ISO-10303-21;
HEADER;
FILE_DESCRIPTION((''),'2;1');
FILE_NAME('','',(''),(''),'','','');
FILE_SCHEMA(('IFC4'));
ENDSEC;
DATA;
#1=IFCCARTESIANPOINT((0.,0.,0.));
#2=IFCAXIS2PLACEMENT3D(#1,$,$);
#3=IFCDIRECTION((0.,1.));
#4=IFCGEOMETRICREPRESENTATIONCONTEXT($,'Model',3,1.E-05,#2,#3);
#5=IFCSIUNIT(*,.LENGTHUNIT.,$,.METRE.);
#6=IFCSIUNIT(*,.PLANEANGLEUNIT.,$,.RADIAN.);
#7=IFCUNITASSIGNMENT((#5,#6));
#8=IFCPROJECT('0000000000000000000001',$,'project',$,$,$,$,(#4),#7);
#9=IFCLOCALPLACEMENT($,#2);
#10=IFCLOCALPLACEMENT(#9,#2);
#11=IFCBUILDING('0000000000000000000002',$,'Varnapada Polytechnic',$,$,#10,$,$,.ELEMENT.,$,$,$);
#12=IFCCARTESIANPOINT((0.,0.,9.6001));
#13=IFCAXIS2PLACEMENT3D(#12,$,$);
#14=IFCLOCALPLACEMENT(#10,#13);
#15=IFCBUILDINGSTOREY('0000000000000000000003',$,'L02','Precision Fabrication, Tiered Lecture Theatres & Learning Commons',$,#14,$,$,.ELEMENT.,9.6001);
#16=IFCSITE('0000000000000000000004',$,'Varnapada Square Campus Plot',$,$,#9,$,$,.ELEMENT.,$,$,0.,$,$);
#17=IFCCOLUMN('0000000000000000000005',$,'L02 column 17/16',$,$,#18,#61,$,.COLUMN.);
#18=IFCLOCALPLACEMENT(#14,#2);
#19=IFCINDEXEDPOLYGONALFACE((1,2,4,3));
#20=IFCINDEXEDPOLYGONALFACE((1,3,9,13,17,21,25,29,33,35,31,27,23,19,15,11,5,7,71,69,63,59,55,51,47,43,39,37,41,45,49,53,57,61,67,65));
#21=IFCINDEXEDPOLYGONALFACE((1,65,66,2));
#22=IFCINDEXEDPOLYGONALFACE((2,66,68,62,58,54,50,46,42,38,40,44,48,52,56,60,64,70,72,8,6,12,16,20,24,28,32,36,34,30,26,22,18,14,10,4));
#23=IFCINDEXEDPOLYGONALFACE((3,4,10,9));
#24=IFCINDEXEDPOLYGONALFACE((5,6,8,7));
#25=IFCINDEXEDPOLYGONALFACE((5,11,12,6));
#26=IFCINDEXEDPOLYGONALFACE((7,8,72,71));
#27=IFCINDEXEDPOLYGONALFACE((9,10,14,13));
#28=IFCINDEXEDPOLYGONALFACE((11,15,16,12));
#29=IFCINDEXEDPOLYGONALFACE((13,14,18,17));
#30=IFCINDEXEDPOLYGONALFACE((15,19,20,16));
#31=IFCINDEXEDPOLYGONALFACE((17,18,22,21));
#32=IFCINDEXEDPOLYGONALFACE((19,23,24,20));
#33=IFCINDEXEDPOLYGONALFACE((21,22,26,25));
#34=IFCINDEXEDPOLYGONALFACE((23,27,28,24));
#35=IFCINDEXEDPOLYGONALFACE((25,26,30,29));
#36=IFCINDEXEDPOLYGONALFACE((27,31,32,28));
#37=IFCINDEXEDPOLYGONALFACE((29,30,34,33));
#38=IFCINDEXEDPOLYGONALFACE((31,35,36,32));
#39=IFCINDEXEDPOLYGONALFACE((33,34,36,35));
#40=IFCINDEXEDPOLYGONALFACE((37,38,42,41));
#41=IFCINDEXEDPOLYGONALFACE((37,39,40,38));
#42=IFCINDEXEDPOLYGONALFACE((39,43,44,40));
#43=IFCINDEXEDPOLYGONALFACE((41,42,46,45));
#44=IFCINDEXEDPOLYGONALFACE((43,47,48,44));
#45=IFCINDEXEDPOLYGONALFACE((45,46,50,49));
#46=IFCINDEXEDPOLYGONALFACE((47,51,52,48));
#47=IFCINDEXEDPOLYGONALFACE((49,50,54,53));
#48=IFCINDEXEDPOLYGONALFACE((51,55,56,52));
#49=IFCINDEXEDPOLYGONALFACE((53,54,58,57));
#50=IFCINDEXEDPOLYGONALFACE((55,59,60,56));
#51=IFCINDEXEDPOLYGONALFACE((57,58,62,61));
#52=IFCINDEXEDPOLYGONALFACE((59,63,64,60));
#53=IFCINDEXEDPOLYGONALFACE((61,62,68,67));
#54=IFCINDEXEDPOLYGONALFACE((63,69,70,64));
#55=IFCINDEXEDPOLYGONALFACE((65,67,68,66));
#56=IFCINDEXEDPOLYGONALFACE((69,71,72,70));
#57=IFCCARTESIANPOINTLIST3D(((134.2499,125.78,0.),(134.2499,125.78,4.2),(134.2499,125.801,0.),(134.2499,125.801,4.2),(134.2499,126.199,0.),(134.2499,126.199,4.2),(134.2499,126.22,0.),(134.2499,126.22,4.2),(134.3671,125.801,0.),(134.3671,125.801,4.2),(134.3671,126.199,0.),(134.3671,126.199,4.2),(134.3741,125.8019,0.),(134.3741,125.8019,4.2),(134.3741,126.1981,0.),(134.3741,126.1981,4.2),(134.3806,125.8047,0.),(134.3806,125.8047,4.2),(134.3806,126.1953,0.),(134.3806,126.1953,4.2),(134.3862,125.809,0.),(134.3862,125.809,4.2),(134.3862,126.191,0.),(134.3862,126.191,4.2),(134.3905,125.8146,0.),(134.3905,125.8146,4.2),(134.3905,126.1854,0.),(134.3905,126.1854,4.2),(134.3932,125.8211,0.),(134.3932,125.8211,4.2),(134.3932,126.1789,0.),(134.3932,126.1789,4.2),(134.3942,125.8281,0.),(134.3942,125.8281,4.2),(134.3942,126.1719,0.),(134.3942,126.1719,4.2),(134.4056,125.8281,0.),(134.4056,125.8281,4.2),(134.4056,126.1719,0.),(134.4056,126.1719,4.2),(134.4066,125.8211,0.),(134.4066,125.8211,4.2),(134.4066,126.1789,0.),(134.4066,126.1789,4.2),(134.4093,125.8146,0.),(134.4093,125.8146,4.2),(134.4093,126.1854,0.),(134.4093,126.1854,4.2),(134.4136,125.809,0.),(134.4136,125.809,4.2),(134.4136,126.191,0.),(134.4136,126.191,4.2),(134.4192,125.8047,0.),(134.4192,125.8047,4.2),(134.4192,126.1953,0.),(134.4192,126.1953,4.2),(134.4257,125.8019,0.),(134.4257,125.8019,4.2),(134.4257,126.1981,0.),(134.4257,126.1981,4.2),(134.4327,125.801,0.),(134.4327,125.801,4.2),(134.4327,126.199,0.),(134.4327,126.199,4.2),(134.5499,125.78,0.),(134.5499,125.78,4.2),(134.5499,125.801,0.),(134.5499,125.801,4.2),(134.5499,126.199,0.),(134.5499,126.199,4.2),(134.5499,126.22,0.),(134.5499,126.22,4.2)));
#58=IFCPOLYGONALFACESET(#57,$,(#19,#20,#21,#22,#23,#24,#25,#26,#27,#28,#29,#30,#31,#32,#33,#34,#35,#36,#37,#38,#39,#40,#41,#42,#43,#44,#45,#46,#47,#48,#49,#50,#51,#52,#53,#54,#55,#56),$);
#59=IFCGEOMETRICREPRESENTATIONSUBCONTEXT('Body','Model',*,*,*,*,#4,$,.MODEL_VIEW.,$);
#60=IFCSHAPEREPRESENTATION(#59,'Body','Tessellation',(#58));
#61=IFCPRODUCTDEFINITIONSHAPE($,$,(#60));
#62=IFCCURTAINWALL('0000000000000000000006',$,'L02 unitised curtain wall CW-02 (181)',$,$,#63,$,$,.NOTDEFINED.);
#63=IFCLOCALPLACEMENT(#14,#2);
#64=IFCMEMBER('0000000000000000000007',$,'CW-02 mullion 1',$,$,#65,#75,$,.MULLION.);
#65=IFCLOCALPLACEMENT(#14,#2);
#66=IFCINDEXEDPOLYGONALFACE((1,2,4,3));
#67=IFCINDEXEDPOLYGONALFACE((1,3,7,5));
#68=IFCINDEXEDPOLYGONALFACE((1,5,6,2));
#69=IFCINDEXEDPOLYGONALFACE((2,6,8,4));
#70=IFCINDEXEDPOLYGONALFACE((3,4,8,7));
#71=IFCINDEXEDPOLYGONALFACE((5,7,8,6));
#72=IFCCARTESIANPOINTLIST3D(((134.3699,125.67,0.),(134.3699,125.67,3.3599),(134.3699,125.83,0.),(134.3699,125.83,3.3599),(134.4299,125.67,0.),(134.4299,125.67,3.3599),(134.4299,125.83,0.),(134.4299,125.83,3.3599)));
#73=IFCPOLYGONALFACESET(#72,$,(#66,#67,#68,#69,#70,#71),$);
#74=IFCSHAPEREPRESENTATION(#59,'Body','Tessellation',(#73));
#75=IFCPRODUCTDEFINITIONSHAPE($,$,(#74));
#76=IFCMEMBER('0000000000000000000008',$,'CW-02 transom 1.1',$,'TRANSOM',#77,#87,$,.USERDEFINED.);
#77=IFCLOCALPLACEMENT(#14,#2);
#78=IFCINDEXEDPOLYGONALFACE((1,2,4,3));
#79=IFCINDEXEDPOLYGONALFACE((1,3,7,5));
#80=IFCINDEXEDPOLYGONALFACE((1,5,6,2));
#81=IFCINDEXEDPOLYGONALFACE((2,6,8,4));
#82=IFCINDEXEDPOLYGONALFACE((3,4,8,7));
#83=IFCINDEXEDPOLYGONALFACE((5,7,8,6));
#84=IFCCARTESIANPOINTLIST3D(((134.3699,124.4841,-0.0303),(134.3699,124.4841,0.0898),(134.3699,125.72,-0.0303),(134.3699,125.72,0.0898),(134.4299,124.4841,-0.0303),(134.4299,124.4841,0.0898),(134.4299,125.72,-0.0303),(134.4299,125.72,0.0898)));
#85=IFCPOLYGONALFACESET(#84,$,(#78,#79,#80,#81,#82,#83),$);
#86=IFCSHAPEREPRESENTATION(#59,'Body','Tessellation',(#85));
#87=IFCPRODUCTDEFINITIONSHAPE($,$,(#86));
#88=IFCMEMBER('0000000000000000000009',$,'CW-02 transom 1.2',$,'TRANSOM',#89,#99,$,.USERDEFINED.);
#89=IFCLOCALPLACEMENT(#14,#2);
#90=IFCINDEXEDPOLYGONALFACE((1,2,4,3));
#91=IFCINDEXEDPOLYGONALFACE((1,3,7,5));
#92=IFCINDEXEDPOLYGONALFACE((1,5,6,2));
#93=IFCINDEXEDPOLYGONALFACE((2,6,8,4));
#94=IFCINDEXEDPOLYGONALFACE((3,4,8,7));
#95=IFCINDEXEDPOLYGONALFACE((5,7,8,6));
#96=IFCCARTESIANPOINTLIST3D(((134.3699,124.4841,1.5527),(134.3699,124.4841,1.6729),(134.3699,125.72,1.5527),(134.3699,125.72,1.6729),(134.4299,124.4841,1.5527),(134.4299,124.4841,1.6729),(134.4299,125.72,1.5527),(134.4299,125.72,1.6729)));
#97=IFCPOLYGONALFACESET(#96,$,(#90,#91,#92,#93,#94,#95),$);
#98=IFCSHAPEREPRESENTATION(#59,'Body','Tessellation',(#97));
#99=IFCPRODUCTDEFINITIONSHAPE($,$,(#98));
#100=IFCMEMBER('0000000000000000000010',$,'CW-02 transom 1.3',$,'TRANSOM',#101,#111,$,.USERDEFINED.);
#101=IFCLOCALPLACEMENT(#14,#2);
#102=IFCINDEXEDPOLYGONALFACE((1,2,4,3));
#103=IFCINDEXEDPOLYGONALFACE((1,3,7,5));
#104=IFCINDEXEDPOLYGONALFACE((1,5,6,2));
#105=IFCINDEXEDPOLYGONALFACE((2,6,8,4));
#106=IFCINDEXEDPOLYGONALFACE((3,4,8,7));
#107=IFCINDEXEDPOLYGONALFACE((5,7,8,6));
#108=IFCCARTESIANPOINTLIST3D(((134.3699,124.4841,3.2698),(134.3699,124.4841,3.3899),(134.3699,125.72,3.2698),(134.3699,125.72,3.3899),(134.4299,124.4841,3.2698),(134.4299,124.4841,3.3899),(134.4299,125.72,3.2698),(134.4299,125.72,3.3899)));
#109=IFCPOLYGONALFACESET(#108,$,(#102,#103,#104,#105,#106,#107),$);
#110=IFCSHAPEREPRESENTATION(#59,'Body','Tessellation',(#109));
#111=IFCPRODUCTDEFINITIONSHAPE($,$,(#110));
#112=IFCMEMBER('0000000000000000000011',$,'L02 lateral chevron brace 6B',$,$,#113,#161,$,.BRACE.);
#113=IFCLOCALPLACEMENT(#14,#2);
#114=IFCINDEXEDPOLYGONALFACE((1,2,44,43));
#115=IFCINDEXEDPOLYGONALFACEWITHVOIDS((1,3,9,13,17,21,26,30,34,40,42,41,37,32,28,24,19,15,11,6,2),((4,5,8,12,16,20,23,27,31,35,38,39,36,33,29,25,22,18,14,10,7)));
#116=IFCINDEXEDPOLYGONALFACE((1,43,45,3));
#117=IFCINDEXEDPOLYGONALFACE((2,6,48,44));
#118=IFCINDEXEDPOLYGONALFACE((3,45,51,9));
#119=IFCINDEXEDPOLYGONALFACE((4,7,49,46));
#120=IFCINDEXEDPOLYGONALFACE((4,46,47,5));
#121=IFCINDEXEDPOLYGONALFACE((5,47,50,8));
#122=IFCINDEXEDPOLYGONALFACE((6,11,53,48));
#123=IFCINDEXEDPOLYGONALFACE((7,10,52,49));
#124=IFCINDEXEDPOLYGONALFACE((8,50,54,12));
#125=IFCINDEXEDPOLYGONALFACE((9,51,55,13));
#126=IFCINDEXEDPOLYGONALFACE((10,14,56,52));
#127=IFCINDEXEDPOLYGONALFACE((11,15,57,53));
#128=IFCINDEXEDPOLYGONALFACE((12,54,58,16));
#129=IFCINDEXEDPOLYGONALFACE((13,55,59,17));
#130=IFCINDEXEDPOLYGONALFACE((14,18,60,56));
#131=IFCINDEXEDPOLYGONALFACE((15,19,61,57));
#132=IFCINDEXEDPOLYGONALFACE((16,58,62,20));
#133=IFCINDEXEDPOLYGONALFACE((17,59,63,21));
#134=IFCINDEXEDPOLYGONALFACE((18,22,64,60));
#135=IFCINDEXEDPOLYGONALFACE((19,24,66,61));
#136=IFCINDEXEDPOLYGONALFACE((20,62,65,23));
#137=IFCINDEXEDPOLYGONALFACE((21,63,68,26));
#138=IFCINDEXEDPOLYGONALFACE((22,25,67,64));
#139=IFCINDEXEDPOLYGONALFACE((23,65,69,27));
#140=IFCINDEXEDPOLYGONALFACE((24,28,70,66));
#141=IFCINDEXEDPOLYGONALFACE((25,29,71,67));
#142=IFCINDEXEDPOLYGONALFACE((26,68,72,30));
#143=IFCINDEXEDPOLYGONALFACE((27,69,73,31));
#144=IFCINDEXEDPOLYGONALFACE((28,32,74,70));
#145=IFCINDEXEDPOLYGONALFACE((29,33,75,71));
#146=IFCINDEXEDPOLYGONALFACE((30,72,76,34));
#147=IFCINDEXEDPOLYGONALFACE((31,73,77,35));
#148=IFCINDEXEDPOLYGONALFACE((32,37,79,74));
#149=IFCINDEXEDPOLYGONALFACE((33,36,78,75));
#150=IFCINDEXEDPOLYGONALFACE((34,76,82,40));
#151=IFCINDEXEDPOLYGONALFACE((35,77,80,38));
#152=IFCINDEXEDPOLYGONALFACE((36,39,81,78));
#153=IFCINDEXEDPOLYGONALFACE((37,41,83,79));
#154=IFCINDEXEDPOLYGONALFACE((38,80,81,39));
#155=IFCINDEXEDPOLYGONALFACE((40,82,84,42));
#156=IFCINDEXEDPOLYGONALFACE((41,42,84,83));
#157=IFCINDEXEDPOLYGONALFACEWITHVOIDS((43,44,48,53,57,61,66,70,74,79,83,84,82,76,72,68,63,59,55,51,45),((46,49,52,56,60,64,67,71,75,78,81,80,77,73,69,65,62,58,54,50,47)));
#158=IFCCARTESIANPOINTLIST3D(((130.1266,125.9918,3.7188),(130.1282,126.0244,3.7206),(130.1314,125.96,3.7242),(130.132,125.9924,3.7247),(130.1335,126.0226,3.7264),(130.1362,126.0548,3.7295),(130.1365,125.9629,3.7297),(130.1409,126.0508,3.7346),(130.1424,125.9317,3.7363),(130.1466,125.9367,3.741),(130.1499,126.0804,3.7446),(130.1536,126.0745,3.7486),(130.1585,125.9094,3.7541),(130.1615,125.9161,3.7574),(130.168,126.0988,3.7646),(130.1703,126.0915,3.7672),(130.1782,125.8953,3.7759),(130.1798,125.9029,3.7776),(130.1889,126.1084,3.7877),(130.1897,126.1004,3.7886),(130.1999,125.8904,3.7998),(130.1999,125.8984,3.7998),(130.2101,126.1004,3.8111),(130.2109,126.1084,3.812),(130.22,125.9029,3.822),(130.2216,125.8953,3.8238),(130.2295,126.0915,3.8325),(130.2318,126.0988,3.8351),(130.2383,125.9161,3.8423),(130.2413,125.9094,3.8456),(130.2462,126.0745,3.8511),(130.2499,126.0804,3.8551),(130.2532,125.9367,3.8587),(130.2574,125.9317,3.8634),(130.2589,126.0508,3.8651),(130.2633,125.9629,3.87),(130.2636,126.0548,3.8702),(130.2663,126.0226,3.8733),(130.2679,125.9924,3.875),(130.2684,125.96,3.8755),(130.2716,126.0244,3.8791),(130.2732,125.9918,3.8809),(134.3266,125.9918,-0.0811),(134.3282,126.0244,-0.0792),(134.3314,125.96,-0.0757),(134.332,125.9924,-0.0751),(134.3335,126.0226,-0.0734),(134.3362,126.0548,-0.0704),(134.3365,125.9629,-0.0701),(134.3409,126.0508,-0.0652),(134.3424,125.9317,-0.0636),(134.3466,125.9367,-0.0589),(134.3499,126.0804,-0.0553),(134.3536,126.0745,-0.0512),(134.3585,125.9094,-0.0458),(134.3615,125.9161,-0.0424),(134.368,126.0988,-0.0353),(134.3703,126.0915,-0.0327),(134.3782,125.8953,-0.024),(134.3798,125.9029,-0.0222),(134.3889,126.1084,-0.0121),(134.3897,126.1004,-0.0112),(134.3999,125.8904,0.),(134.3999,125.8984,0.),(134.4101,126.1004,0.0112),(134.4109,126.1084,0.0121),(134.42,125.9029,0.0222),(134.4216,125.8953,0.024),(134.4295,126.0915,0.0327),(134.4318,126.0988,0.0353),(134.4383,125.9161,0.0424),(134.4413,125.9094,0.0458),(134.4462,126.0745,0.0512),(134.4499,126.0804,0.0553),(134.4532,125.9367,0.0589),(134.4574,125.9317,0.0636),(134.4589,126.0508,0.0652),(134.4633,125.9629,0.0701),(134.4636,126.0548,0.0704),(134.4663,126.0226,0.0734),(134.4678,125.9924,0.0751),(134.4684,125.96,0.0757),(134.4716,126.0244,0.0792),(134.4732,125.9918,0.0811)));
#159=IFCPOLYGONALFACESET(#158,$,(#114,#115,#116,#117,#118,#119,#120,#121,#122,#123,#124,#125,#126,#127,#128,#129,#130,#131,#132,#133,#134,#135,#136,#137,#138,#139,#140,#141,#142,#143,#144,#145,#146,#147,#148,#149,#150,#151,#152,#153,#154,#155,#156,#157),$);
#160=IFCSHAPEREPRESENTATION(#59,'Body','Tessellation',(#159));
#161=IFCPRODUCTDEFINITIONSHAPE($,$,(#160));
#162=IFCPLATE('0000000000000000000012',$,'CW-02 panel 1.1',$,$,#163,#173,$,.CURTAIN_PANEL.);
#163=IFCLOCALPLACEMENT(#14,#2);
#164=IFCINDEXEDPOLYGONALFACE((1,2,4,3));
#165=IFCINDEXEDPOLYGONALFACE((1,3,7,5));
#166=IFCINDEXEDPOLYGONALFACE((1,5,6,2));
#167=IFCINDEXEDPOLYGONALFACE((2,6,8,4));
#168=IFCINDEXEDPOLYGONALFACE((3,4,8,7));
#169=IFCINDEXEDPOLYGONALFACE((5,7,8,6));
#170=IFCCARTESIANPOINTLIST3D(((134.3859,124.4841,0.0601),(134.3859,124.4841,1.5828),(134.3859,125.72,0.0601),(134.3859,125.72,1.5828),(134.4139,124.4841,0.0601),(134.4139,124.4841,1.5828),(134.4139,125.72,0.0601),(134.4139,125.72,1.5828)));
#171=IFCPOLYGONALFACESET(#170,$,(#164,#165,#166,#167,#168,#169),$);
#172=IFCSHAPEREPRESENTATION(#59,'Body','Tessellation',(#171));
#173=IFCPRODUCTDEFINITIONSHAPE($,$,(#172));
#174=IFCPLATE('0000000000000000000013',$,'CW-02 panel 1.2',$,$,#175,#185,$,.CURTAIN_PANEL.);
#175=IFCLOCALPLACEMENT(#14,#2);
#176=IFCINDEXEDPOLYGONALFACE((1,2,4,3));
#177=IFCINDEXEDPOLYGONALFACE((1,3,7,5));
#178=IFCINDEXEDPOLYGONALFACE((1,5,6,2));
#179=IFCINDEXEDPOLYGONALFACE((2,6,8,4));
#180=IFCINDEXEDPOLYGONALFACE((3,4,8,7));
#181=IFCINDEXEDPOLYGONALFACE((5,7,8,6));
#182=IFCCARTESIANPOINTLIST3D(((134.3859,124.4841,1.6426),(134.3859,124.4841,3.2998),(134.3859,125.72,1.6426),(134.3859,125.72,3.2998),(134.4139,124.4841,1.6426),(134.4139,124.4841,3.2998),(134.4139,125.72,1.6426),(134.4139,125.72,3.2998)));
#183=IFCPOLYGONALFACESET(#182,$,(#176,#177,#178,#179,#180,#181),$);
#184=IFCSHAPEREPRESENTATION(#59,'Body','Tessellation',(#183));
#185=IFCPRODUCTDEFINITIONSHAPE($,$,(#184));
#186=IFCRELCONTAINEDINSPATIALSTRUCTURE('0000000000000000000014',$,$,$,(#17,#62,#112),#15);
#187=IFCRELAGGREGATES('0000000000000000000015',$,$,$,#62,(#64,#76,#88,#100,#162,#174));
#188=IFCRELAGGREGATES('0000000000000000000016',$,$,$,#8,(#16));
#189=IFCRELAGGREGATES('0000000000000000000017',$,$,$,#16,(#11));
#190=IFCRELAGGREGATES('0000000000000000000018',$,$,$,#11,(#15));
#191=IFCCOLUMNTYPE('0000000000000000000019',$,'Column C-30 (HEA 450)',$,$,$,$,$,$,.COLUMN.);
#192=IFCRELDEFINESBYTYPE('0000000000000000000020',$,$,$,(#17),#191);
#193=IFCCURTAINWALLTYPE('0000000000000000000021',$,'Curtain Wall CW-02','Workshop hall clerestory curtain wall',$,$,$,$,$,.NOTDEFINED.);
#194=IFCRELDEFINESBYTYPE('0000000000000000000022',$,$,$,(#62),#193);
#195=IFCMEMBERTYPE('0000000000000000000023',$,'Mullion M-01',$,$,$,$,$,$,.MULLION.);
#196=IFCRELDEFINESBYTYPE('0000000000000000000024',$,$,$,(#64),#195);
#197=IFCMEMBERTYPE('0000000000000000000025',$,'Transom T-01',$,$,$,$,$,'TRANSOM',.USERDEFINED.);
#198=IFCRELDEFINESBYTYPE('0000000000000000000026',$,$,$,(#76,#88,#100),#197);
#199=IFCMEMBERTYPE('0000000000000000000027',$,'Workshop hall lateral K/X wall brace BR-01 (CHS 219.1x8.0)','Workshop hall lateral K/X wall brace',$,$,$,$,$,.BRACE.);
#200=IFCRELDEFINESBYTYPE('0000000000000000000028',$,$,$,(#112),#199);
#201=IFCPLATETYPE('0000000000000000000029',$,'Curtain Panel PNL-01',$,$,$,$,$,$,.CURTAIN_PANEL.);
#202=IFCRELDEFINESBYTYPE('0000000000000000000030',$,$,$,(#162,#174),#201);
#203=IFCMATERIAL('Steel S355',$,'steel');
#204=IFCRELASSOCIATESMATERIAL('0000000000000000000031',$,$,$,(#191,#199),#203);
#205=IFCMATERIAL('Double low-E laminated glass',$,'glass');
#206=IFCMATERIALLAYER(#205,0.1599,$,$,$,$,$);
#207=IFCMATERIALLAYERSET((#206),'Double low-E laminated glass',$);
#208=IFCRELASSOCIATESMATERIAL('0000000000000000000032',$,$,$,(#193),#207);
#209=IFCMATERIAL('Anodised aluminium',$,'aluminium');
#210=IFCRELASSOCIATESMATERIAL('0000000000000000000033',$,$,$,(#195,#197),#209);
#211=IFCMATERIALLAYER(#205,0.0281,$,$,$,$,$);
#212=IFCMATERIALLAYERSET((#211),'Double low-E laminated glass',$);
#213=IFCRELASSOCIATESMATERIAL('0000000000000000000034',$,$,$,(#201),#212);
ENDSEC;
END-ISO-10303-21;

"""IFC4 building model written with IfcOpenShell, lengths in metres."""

from ifc_helpers import new_model, si_unit, direction, frame, origin, origin_2d, place, context, subcontext, project, spatial, rectangle, hollow_circle, i_section, extrude, material, layer, layer_set, material_profile, profile_set, type_object, element, aggregate, save


model = new_model("IFC4")

# Units and contexts
model_context = context("Model", 3, precision=1e-05, world=origin(), true_north=direction((0.0, 1.0)))
body_context = subcontext(model_context, "Body", "Model", "MODEL_VIEW")
ifc_project = project(units=[si_unit("LENGTHUNIT", "METRE"), si_unit("PLANEANGLEUNIT", "RADIAN")], contexts=[model_context])

# Site, building, storey
site_placement = place(None, origin())
site = spatial("IfcSite", under=ifc_project, at=site_placement, Name="Varnapada Square Campus Plot", CompositionType="ELEMENT", RefElevation=0.0)
building_placement = place(site_placement, origin())
building = spatial("IfcBuilding", under=site, at=building_placement, Name="Varnapada Polytechnic", CompositionType="ELEMENT")
storey_placement = place(building_placement, frame((0.0, 0.0, 9.6001)))
storey = spatial("IfcBuildingStorey", under=building, at=storey_placement, Name="L02", Description="Precision Fabrication, Tiered Lecture Theatres & Learning Commons", CompositionType="ELEMENT", Elevation=9.6001)

# Column
ifc_material_1 = material(Name="Steel S355", Category="steel")
ifc_material_profile_1 = material_profile(ifc_material_1, i_section(OverallWidth=0.3, OverallDepth=0.4399, WebThickness=0.0115, FlangeThickness=0.021, FilletRadius=0.0271, at=origin_2d()), Name="HEA 450")
ifc_profile_set_1 = profile_set([ifc_material_profile_1], Name="Steel S355")
column_type = type_object("IfcColumnType", Name="Column C-30 (HEA 450)", PredefinedType="COLUMN", material=ifc_profile_set_1)
column_placement = place(storey_placement, frame((134.3999, 126.0, 0.0), z_axis=(0.0, 0.0, 1.0), x_axis=(1.0, 0.0, 0.0)))
element("IfcColumn", 1, at=column_placement, inside=storey, type_object=column_type, Name="L02 column 17/16", PredefinedType="COLUMN", context=body_context, shape_type="SweptSolid", body=[
    extrude(i_section(OverallWidth=0.3, OverallDepth=0.4399, WebThickness=0.0115, FlangeThickness=0.021, FilletRadius=0.0271, at=origin_2d()), origin(), (0.0, 0.0, 1.0), 4.2),
])

# Curtain wall, members
ifc_material_2 = material(Name="Double low-E laminated glass", Category="glass")
ifc_layer_1 = layer(ifc_material_2, 0.1599)
ifc_layer_set_1 = layer_set([ifc_layer_1], Name="Double low-E laminated glass")
curtain_wall_type = type_object("IfcCurtainWallType", Name="Curtain Wall CW-02", Description="Workshop hall clerestory curtain wall", PredefinedType="NOTDEFINED", material=ifc_layer_set_1)
curtain_wall_placement = place(storey_placement, origin())
curtain_wall = element("IfcCurtainWall", 2, at=curtain_wall_placement, inside=storey, type_object=curtain_wall_type, Name="L02 unitised curtain wall CW-02 (181)", PredefinedType="NOTDEFINED")
ifc_material_3 = material(Name="Anodised aluminium", Category="aluminium")
ifc_material_profile_2 = material_profile(ifc_material_3, rectangle(XDim=0.0601, YDim=0.1599, at=origin_2d()), Name="ALU M60x160")
ifc_profile_set_2 = profile_set([ifc_material_profile_2], Name="Anodised aluminium")
member_type_1 = type_object("IfcMemberType", Name="Mullion M-01", PredefinedType="MULLION", material=ifc_profile_set_2)
member_1_placement = place(storey_placement, frame((134.3999, 125.75, 0.0), z_axis=(0.0, 0.0, 1.0), x_axis=(1.0, 0.0, 0.0)))
member_1 = element("IfcMember", 3, at=member_1_placement, type_object=member_type_1, Name="CW-02 mullion 1", PredefinedType="MULLION", context=body_context, shape_type="SweptSolid", body=[
    extrude(rectangle(XDim=0.0601, YDim=0.1599, at=origin_2d()), origin(), (0.0, 0.0, 1.0), 3.3599),
])
ifc_material_profile_3 = material_profile(ifc_material_3, rectangle(XDim=0.0601, YDim=0.1201, at=origin_2d()), Name="ALU T60x120")
ifc_profile_set_3 = profile_set([ifc_material_profile_3], Name="Anodised aluminium")
member_type_2 = type_object("IfcMemberType", Name="Transom T-01", ElementType="TRANSOM", PredefinedType="USERDEFINED", material=ifc_profile_set_3)
member_2_placement = place(storey_placement, frame((134.3999, 125.72, 0.0298), z_axis=(0.0, -1.0, 0.0), x_axis=(1.0, 0.0, 0.0)))
member_2 = element("IfcMember", 4, at=member_2_placement, type_object=member_type_2, Name="CW-02 transom 1.1", ObjectType="TRANSOM", PredefinedType="USERDEFINED", context=body_context, shape_type="SweptSolid", body=[
    extrude(rectangle(XDim=0.0601, YDim=0.1201, at=origin_2d()), origin(), (0.0, 0.0, 1.0), 1.2358),
])
member_3_placement = place(storey_placement, frame((134.3999, 125.72, 1.6128), z_axis=(0.0, -1.0, 0.0), x_axis=(1.0, 0.0, 0.0)))
member_3 = element("IfcMember", 5, at=member_3_placement, type_object=member_type_2, Name="CW-02 transom 1.2", ObjectType="TRANSOM", PredefinedType="USERDEFINED", context=body_context, shape_type="SweptSolid", body=[
    extrude(rectangle(XDim=0.0601, YDim=0.1201, at=origin_2d()), origin(), (0.0, 0.0, 1.0), 1.2358),
])
member_4_placement = place(storey_placement, frame((134.3999, 125.72, 3.3298), z_axis=(0.0, -1.0, 0.0), x_axis=(1.0, 0.0, 0.0)))
member_4 = element("IfcMember", 6, at=member_4_placement, type_object=member_type_2, Name="CW-02 transom 1.3", ObjectType="TRANSOM", PredefinedType="USERDEFINED", context=body_context, shape_type="SweptSolid", body=[
    extrude(rectangle(XDim=0.0601, YDim=0.1201, at=origin_2d()), origin(), (0.0, 0.0, 1.0), 1.2358),
])

# Member
ifc_material_profile_4 = material_profile(ifc_material_1, hollow_circle(Radius=0.1096, WallThickness=0.0081, at=origin_2d()), Name="CHS 219.1x8.0")
ifc_profile_set_4 = profile_set([ifc_material_profile_4], Name="Steel S355")
member_type_3 = type_object("IfcMemberType", Name="Workshop hall lateral K/X wall brace BR-01 (CHS 219.1x8.0)", Description="Workshop hall lateral K/X wall brace", PredefinedType="BRACE", material=ifc_profile_set_4)
member_5_placement = place(storey_placement, frame((134.3999, 126.0, 0.0), z_axis=(-0.741549, 0.0, 0.670899), x_axis=(0.0, -1.0, 0.0)))
element("IfcMember", 7, at=member_5_placement, inside=storey, type_object=member_type_3, Name="L02 lateral chevron brace 6B", PredefinedType="BRACE", context=body_context, shape_type="SweptSolid", body=[
    extrude(hollow_circle(Radius=0.1096, WallThickness=0.0081, at=origin_2d()), origin(), (0.0, 0.0, 1.0), 5.6638),
])

# Plates
ifc_layer_2 = layer(ifc_material_2, 0.0281)
ifc_layer_set_2 = layer_set([ifc_layer_2], Name="Double low-E laminated glass")
plate_type_1 = type_object("IfcPlateType", Name="Curtain Panel PNL-01", PredefinedType="CURTAIN_PANEL", material=ifc_layer_set_2)
plate_1_placement = place(storey_placement, frame((134.3999, 125.1021, 0.0601), z_axis=(0.0, 0.0, 1.0), x_axis=(0.0, -1.0, 0.0)))
plate_1 = element("IfcPlate", 8, at=plate_1_placement, type_object=plate_type_1, Name="CW-02 panel 1.1", PredefinedType="CURTAIN_PANEL", context=body_context, shape_type="SweptSolid", body=[
    extrude(rectangle(XDim=1.2358, YDim=0.0281, at=origin_2d()), origin(), (0.0, 0.0, 1.0), 1.5227),
])
plate_2_placement = place(storey_placement, frame((134.3999, 125.1021, 1.6426), z_axis=(0.0, 0.0, 1.0), x_axis=(0.0, -1.0, 0.0)))
plate_2 = element("IfcPlate", 9, at=plate_2_placement, type_object=plate_type_1, Name="CW-02 panel 1.2", PredefinedType="CURTAIN_PANEL", context=body_context, shape_type="SweptSolid", body=[
    extrude(rectangle(XDim=1.2358, YDim=0.0281, at=origin_2d()), origin(), (0.0, 0.0, 1.0), 1.6572),
])
aggregate(curtain_wall, [member_1, member_2, member_3, member_4, plate_1, plate_2])

save(model, "model.ifc")
